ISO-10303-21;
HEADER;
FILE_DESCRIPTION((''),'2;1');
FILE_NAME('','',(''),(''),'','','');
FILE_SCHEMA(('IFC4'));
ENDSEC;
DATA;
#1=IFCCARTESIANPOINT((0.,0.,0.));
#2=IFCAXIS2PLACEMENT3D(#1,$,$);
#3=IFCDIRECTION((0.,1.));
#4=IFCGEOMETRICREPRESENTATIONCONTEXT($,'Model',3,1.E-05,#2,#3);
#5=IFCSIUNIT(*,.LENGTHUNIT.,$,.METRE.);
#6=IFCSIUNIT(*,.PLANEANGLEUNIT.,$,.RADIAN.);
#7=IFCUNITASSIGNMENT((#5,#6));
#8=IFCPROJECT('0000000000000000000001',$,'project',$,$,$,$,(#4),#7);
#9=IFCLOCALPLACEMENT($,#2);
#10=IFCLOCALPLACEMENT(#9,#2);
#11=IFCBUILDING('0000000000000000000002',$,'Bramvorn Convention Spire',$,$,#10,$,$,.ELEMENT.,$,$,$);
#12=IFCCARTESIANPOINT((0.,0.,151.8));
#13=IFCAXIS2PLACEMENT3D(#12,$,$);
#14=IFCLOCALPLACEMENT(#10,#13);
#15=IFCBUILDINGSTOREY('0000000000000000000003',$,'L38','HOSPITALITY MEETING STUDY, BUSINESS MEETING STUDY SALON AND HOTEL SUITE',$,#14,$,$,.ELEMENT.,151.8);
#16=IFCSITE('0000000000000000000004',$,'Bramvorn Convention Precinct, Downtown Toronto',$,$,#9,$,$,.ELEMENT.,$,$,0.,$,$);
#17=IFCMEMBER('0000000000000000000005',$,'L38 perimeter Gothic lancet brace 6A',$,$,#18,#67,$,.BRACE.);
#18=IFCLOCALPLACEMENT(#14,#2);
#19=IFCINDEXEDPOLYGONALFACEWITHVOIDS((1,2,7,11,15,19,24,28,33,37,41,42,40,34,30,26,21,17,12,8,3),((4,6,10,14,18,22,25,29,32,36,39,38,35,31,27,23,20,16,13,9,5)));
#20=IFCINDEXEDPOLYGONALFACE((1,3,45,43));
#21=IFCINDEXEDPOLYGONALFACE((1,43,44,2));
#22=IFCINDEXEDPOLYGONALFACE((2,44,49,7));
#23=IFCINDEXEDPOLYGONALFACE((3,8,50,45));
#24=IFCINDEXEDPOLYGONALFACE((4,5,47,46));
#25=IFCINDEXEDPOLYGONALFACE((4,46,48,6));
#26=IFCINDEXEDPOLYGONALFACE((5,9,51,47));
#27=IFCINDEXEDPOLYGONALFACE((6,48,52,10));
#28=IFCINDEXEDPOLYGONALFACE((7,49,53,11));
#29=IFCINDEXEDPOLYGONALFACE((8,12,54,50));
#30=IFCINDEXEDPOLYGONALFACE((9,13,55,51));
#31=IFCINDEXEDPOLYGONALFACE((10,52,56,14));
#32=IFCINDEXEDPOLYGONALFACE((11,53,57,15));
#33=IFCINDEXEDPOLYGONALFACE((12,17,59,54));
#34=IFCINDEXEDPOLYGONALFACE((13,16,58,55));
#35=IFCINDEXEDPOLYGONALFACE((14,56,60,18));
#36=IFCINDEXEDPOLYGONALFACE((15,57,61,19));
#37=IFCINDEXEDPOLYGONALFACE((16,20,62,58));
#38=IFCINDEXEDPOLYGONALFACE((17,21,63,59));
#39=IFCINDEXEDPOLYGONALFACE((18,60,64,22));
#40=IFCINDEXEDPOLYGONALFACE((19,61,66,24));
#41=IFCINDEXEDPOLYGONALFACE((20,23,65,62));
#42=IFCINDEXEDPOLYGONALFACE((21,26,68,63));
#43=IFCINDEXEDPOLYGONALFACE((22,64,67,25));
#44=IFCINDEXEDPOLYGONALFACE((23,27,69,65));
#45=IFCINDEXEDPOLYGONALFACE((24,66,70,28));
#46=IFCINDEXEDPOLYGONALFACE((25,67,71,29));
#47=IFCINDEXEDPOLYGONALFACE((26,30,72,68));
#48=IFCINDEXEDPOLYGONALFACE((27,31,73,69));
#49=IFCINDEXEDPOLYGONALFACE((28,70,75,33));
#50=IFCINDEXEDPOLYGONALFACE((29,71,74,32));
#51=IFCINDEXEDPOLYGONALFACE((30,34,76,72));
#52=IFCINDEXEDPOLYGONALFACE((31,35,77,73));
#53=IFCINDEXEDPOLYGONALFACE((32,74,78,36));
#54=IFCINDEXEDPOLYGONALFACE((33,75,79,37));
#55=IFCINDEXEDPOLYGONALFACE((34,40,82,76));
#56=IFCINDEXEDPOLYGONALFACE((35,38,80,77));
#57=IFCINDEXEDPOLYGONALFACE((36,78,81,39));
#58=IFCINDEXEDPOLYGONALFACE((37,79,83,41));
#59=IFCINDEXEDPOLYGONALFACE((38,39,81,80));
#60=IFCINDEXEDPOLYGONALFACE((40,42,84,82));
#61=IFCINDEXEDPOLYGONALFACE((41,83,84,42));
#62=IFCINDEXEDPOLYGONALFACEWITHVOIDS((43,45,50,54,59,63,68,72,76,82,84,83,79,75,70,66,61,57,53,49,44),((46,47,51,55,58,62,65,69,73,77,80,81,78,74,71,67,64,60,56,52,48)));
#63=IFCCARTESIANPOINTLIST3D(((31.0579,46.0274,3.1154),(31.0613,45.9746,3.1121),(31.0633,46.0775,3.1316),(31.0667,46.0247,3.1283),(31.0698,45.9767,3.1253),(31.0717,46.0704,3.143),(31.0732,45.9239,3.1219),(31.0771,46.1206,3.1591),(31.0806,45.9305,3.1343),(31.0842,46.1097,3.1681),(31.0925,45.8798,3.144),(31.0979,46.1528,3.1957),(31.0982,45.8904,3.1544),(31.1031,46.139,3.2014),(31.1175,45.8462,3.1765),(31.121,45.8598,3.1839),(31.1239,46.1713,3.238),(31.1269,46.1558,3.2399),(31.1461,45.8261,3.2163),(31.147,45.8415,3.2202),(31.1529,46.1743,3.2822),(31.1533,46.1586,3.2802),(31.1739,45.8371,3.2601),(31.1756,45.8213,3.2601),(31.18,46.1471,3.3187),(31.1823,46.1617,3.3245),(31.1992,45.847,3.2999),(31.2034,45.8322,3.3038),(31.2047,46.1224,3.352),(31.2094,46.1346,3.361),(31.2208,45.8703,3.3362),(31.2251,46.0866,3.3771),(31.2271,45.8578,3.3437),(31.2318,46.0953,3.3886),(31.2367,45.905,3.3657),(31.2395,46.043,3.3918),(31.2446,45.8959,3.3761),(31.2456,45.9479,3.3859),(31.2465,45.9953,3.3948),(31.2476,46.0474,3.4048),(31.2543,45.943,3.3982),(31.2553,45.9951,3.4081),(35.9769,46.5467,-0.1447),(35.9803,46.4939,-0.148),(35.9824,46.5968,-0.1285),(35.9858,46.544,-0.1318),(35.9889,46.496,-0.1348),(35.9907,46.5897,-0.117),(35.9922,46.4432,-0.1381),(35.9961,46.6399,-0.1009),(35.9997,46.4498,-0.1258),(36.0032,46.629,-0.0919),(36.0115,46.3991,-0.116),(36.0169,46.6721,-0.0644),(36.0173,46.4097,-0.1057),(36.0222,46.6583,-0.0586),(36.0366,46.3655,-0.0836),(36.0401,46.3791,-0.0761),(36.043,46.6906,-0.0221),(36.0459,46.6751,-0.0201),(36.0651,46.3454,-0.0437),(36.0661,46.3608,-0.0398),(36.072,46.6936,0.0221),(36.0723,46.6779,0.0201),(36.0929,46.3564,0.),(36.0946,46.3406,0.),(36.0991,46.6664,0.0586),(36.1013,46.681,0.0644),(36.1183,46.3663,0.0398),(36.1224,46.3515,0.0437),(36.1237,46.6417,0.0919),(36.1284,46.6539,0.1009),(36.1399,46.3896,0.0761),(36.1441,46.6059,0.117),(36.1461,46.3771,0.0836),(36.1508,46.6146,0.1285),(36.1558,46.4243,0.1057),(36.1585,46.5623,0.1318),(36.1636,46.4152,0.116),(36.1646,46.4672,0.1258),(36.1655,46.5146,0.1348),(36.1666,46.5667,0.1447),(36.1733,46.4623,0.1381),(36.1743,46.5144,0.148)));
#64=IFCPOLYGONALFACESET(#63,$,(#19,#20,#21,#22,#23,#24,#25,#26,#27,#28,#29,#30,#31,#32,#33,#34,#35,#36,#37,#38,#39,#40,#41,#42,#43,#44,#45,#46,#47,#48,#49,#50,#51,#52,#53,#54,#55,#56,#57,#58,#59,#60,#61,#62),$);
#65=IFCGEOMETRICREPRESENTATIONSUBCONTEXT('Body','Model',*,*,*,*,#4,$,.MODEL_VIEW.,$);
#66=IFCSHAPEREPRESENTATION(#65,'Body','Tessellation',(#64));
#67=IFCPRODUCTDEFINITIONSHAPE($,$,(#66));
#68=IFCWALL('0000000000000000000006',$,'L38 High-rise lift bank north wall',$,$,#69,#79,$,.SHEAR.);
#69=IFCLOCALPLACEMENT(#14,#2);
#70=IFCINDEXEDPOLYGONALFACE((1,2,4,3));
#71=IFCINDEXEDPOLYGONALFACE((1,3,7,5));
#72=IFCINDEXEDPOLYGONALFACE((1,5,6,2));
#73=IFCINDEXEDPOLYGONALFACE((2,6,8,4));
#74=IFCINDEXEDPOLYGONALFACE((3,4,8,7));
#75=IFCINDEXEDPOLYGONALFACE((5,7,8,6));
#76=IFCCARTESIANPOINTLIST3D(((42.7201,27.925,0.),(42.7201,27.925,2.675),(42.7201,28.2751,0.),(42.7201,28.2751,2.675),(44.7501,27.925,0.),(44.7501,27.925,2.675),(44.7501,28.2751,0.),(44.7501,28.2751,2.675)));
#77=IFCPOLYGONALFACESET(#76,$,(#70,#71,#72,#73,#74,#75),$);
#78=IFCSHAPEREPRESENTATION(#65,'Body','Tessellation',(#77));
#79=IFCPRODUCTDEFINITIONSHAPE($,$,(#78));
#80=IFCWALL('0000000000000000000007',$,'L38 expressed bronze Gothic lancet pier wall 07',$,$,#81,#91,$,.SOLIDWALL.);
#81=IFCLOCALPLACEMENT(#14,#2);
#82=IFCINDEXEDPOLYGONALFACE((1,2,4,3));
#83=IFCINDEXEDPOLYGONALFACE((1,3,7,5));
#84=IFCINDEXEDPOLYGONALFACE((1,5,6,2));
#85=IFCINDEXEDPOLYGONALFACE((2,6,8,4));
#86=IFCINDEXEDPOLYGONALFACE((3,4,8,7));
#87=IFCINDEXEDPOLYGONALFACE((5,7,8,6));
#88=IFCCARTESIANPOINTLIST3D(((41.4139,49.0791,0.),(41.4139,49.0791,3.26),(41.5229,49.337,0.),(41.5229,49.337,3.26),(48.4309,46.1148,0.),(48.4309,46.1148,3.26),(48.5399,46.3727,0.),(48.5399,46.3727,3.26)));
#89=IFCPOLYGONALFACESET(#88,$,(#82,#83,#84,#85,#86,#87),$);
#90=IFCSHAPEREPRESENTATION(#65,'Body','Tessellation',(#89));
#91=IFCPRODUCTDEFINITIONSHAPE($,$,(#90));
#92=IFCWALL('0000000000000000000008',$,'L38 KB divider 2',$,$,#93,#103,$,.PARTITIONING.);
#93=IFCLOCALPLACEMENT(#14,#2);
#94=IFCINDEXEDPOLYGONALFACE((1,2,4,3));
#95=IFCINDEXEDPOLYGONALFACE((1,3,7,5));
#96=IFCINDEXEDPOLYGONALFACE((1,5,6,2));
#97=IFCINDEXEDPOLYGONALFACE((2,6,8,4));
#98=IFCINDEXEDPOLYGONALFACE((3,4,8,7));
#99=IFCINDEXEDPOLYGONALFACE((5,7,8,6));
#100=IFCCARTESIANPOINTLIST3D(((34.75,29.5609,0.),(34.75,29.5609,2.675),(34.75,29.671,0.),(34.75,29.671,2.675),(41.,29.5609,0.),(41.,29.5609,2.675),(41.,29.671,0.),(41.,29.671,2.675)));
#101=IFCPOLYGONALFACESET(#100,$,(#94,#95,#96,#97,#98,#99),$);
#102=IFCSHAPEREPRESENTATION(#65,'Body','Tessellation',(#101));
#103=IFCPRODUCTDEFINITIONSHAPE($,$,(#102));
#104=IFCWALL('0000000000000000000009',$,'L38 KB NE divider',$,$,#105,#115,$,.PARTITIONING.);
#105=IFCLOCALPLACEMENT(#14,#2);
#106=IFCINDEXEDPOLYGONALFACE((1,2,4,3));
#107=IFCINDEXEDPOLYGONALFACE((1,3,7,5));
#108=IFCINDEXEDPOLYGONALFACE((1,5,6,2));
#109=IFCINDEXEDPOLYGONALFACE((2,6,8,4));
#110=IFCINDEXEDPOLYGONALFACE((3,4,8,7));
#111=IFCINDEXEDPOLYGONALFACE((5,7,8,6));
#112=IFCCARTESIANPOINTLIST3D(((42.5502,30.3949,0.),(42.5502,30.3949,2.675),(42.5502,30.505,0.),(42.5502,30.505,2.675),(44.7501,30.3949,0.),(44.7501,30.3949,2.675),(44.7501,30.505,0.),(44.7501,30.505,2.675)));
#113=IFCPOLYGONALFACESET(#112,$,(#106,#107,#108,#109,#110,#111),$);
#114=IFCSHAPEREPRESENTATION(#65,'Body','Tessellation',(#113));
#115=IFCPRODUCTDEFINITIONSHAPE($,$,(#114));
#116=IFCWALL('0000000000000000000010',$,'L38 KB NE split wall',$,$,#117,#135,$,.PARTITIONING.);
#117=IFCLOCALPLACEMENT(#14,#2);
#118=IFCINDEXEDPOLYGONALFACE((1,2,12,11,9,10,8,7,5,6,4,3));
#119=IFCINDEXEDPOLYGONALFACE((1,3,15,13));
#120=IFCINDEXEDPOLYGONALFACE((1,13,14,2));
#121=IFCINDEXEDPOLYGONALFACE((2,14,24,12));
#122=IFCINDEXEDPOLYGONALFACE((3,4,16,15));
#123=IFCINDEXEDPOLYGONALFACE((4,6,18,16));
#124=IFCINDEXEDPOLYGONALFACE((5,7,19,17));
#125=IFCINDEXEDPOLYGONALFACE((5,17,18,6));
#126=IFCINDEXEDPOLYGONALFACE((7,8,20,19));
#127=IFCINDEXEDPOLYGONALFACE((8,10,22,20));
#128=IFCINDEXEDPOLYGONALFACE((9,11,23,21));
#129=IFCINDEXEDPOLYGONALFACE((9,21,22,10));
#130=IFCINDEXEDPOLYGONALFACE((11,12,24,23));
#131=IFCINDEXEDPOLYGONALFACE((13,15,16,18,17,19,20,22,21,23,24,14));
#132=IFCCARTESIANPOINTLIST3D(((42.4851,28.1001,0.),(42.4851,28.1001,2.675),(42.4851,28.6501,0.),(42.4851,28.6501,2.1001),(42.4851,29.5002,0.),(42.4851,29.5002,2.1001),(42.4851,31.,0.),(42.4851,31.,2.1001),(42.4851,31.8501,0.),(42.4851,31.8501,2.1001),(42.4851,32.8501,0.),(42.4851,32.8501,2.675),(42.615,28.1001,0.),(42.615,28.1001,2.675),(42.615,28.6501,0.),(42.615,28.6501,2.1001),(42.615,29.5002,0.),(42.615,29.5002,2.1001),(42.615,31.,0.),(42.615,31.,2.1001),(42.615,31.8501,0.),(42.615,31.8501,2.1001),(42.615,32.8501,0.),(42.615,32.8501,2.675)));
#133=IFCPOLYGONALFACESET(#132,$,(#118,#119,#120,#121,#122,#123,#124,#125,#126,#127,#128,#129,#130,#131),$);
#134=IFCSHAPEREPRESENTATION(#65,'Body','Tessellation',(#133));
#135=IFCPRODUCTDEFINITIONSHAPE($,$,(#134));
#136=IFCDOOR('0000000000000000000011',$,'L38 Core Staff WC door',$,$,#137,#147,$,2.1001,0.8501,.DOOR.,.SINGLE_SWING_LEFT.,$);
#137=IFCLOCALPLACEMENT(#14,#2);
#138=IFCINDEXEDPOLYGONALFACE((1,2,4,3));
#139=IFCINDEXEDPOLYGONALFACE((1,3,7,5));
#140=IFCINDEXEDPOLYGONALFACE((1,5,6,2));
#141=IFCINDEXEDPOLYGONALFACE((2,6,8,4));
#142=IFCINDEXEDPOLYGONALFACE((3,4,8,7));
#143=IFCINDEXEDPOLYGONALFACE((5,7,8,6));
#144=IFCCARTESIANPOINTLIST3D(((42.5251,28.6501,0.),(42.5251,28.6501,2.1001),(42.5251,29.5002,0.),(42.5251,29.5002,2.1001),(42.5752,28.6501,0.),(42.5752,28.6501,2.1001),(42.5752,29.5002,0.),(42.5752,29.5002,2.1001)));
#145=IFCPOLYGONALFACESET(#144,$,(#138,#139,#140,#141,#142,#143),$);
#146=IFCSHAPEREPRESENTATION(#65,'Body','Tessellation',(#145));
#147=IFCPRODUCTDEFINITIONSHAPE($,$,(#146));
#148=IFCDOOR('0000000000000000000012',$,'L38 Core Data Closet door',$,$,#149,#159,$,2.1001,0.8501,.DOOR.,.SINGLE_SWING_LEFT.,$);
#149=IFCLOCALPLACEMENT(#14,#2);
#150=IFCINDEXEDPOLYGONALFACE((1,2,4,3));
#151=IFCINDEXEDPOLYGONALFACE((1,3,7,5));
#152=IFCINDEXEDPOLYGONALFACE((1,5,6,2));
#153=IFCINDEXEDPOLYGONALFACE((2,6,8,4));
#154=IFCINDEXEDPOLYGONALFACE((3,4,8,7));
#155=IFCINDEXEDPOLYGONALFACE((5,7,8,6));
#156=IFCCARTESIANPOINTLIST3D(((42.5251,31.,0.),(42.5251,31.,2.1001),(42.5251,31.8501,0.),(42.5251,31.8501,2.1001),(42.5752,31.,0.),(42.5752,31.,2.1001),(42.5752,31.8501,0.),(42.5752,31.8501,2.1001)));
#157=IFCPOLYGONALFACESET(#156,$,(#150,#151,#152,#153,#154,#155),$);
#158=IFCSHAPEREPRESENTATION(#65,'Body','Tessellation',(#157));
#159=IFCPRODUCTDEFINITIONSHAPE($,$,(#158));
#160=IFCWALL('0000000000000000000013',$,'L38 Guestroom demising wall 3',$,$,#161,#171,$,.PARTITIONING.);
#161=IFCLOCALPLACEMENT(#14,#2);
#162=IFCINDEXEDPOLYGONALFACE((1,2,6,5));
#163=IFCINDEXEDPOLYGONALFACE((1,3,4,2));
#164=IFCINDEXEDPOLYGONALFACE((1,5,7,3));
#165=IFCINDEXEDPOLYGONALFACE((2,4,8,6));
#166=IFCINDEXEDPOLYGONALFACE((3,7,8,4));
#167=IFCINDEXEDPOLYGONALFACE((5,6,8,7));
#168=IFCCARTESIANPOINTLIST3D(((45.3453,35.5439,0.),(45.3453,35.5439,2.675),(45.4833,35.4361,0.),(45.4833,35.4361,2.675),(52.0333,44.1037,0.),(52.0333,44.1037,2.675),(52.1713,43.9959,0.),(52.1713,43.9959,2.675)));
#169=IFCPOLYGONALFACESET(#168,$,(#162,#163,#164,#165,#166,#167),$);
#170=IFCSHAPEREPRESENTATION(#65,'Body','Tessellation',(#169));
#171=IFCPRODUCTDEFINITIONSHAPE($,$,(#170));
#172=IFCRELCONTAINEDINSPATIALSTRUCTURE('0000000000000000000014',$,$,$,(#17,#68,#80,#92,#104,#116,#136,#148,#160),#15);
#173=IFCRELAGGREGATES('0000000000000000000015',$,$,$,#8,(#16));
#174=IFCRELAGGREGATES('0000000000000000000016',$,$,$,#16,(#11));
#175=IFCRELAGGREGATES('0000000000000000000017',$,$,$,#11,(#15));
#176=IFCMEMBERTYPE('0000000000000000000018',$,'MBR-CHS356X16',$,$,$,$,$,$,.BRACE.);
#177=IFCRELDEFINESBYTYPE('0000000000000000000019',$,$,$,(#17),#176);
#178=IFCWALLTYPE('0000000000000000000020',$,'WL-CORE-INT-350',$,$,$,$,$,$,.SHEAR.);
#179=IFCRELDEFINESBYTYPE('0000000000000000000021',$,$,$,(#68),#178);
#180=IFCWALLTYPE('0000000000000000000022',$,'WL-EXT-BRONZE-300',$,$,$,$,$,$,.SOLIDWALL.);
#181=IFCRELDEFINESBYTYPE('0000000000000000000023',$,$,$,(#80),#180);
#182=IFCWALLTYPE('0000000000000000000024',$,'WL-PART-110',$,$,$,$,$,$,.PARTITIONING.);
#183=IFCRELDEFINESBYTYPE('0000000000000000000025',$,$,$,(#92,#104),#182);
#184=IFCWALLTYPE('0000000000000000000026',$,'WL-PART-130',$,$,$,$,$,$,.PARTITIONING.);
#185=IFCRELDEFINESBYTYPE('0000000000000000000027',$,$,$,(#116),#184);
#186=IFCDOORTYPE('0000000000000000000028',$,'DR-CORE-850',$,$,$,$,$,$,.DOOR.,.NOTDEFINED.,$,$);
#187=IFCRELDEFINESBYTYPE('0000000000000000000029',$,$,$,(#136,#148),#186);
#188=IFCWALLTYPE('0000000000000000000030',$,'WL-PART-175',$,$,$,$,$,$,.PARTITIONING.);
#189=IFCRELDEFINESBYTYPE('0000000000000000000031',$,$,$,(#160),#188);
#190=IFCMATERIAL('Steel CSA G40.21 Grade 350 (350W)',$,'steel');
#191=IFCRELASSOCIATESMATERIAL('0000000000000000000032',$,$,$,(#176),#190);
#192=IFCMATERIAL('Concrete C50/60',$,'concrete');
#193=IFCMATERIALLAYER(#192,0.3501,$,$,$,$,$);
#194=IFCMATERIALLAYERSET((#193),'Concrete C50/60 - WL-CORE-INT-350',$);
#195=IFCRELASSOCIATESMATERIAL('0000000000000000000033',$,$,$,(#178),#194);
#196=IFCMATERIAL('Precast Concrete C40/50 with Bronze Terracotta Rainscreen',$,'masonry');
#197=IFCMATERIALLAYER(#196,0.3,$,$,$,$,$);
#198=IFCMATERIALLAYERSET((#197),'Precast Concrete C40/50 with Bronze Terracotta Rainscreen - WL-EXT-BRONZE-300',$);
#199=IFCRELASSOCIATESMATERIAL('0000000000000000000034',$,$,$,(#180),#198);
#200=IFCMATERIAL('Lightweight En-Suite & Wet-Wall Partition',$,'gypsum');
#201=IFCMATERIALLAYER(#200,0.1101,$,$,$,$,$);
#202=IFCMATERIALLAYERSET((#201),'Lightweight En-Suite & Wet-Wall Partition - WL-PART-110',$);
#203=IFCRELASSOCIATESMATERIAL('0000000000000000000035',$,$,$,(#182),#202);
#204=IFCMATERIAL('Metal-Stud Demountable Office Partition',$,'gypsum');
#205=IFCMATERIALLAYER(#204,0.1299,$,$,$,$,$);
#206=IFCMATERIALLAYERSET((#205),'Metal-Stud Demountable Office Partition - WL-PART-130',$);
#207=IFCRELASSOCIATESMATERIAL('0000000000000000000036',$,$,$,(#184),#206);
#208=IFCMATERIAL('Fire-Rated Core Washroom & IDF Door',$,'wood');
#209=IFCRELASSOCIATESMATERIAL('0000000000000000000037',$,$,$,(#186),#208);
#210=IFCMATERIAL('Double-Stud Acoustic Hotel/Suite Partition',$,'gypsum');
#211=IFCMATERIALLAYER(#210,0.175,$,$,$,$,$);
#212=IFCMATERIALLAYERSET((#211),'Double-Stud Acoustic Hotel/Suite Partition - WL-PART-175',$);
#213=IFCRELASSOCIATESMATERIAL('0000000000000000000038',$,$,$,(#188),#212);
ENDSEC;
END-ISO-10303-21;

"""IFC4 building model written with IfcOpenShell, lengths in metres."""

from ifc_helpers import new_model, si_unit, direction, frame, frame_2d, origin, origin_2d, place, context, subcontext, project, spatial, rectangle, hollow_circle, extrude, material, layer, layer_set, material_profile, profile_set, type_object, element, fill, save


model = new_model("IFC4")

# Units and contexts
model_context = context("Model", 3, precision=1e-05, world=origin(), true_north=direction((0.0, 1.0)))
body_context = subcontext(model_context, "Body", "Model", "MODEL_VIEW")
ifc_project = project(units=[si_unit("LENGTHUNIT", "METRE"), si_unit("PLANEANGLEUNIT", "RADIAN")], contexts=[model_context])

# Site, building, storey
site_placement = place(None, origin())
site = spatial("IfcSite", under=ifc_project, at=site_placement, Name="Bramvorn Convention Precinct, Downtown Toronto", CompositionType="ELEMENT", RefElevation=0.0)
building_placement = place(site_placement, origin())
building = spatial("IfcBuilding", under=site, at=building_placement, Name="Bramvorn Convention Spire", CompositionType="ELEMENT")
storey_placement = place(building_placement, frame((0.0, 0.0, 151.8)))
storey = spatial("IfcBuildingStorey", under=building, at=storey_placement, Name="L38", Description="HOSPITALITY MEETING STUDY, BUSINESS MEETING STUDY SALON AND HOTEL SUITE", CompositionType="ELEMENT", Elevation=151.8)

# Shared definitions
ifc_material_1 = material(Name="Steel CSA G40.21 Grade 350 (350W)", Category="steel")

# Member
ifc_material_profile_1 = material_profile(ifc_material_1, hollow_circle(Radius=0.1777, WallThickness=0.0159, at=origin_2d()))
ifc_profile_set_1 = profile_set([ifc_material_profile_1], Name="Steel CSA G40.21 Grade 350 (350W) - CHS356X16")
member_type = type_object("IfcMemberType", Name="MBR-CHS356X16", PredefinedType="BRACE", material=ifc_profile_set_1)
member_placement = place(storey_placement, frame((36.0759, 46.5173, 0.0), z_axis=(-0.830347, -0.087659, 0.550309), x_axis=(0.104985, -0.994474, 0.0)))
element("IfcMember", 1, at=member_placement, inside=storey, type_object=member_type, Name="L38 perimeter Gothic lancet brace 6A", PredefinedType="BRACE", context=body_context, shape_type="SweptSolid", body=[
    extrude(hollow_circle(Radius=0.1777, WallThickness=0.0159, at=origin_2d()), origin(), (0.0, 0.0, 1.0), 5.9241),
])

# Shared definitions
ifc_material_2 = material(Name="Concrete C50/60", Category="concrete")
ifc_layer_1 = layer(ifc_material_2, 0.3501)
ifc_layer_set_1 = layer_set([ifc_layer_1], Name="Concrete C50/60 - WL-CORE-INT-350")
wall_type_1 = type_object("IfcWallType", Name="WL-CORE-INT-350", PredefinedType="SHEAR", material=ifc_layer_set_1)

# Walls
wall_1_placement = place(storey_placement, frame((42.72, 28.1001, 0.0), z_axis=(0.0, 0.0, 1.0), x_axis=(1.0, 0.0, 0.0)))
element("IfcWall", 2, at=wall_1_placement, inside=storey, type_object=wall_type_1, Name="L38 High-rise lift bank north wall", PredefinedType="SHEAR", context=body_context, shape_type="SweptSolid", body=[
    extrude(rectangle(XDim=2.03, YDim=0.3501, at=frame_2d((1.0151, 0.0))), origin(), (0.0, 0.0, 1.0), 2.675),
])
ifc_material_3 = material(Name="Precast Concrete C40/50 with Bronze Terracotta Rainscreen", Category="masonry")
ifc_layer_2 = layer(ifc_material_3, 0.3)
ifc_layer_set_2 = layer_set([ifc_layer_2], Name="Precast Concrete C40/50 with Bronze Terracotta Rainscreen - WL-EXT-BRONZE-300")
wall_type_2 = type_object("IfcWallType", Name="WL-EXT-BRONZE-300", PredefinedType="SOLIDWALL", material=ifc_layer_set_2)
wall_2_placement = place(storey_placement, frame((41.4685, 49.208, 0.0), z_axis=(0.0, 0.0, 1.0), x_axis=(0.921175, -0.389149, 0.0)))
element("IfcWall", 3, at=wall_2_placement, inside=storey, type_object=wall_type_2, Name="L38 expressed bronze Gothic lancet pier wall 07", PredefinedType="SOLIDWALL", context=body_context, shape_type="SweptSolid", body=[
    extrude(rectangle(XDim=7.6174, YDim=0.28, at=frame_2d((3.8086, 0.0))), origin(), (0.0, 0.0, 1.0), 3.26),
])
ifc_material_4 = material(Name="Lightweight En-Suite & Wet-Wall Partition", Category="gypsum")
ifc_layer_3 = layer(ifc_material_4, 0.1101)
ifc_layer_set_3 = layer_set([ifc_layer_3], Name="Lightweight En-Suite & Wet-Wall Partition - WL-PART-110")
wall_type_3 = type_object("IfcWallType", Name="WL-PART-110", PredefinedType="PARTITIONING", material=ifc_layer_set_3)
wall_3_placement = place(storey_placement, frame((34.75, 29.616, 0.0), z_axis=(0.0, 0.0, 1.0), x_axis=(1.0, 0.0, 0.0)))
element("IfcWall", 4, at=wall_3_placement, inside=storey, type_object=wall_type_3, Name="L38 KB divider 2", PredefinedType="PARTITIONING", context=body_context, shape_type="SweptSolid", body=[
    extrude(rectangle(XDim=6.25, YDim=0.1101, at=frame_2d((3.125, 0.0))), origin(), (0.0, 0.0, 1.0), 2.675),
])
wall_4_placement = place(storey_placement, frame((42.55, 30.45, 0.0), z_axis=(0.0, 0.0, 1.0), x_axis=(1.0, 0.0, 0.0)))
element("IfcWall", 5, at=wall_4_placement, inside=storey, type_object=wall_type_3, Name="L38 KB NE divider", PredefinedType="PARTITIONING", context=body_context, shape_type="SweptSolid", body=[
    extrude(rectangle(XDim=2.2, YDim=0.1101, at=frame_2d((1.1001, 0.0))), origin(), (0.0, 0.0, 1.0), 2.675),
])

# Wall, openings, doors
ifc_material_5 = material(Name="Metal-Stud Demountable Office Partition", Category="gypsum")
ifc_layer_4 = layer(ifc_material_5, 0.1299)
ifc_layer_set_4 = layer_set([ifc_layer_4], Name="Metal-Stud Demountable Office Partition - WL-PART-130")
wall_type_4 = type_object("IfcWallType", Name="WL-PART-130", PredefinedType="PARTITIONING", material=ifc_layer_set_4)
wall_5_placement = place(storey_placement, frame((42.55, 28.1001, 0.0), z_axis=(0.0, 0.0, 1.0), x_axis=(0.0, 1.0, 0.0)))
wall_5 = element("IfcWall", 6, at=wall_5_placement, inside=storey, type_object=wall_type_4, Name="L38 KB NE split wall", PredefinedType="PARTITIONING", context=body_context, shape_type="SweptSolid", body=[
    extrude(rectangle(XDim=4.75, YDim=0.1299, at=frame_2d((2.375, 0.0))), origin(), (0.0, 0.0, 1.0), 2.675),
])
opening_1_placement = place(wall_5_placement, frame((0.55, 0.0, 0.0)))
opening_1 = element("IfcOpeningElement", 7, at=opening_1_placement, cuts=wall_5, PredefinedType="OPENING", context=body_context, shape_type="SweptSolid", body=[
    extrude(rectangle(XDim=0.8501, YDim=2.1001, at=frame_2d((0.425, 1.05))), frame((0.0, 0.075, 0.0), z_axis=(0.0, -1.0, 0.0), x_axis=(1.0, 0.0, 0.0)), (0.0, 0.0, 1.0), 0.1499),
])
opening_2_placement = place(wall_5_placement, frame((2.8999, 0.0, 0.0)))
opening_2 = element("IfcOpeningElement", 8, at=opening_2_placement, cuts=wall_5, PredefinedType="OPENING", context=body_context, shape_type="SweptSolid", body=[
    extrude(rectangle(XDim=0.8501, YDim=2.1001, at=frame_2d((0.425, 1.05))), frame((0.0, 0.075, 0.0), z_axis=(0.0, -1.0, 0.0), x_axis=(1.0, 0.0, 0.0)), (0.0, 0.0, 1.0), 0.1499),
])
ifc_material_6 = material(Name="Fire-Rated Core Washroom & IDF Door", Category="wood")
door_type_1 = type_object("IfcDoorType", Name="DR-CORE-850", OperationType="NOTDEFINED", PredefinedType="DOOR", material=ifc_material_6)
door_1_placement = place(opening_1_placement, origin())
door_1 = element("IfcDoor", 9, at=door_1_placement, inside=storey, type_object=door_type_1, Name="L38 Core Staff WC door", OperationType="SINGLE_SWING_LEFT", OverallHeight=2.1001, OverallWidth=0.8501, PredefinedType="DOOR", context=body_context, shape_type="SweptSolid", body=[
    extrude(rectangle(XDim=0.8501, YDim=2.1001, at=frame_2d((0.425, 1.05))), frame((0.0, 0.0249, 0.0), z_axis=(0.0, -1.0, 0.0), x_axis=(1.0, 0.0, 0.0)), (0.0, 0.0, 1.0), 0.05),
])
fill(opening_1, door_1)
door_2_placement = place(opening_2_placement, origin())
door_2 = element("IfcDoor", 10, at=door_2_placement, inside=storey, type_object=door_type_1, Name="L38 Core Data Closet door", OperationType="SINGLE_SWING_LEFT", OverallHeight=2.1001, OverallWidth=0.8501, PredefinedType="DOOR", context=body_context, shape_type="SweptSolid", body=[
    extrude(rectangle(XDim=0.8501, YDim=2.1001, at=frame_2d((0.425, 1.05))), frame((0.0, 0.0249, 0.0), z_axis=(0.0, -1.0, 0.0), x_axis=(1.0, 0.0, 0.0)), (0.0, 0.0, 1.0), 0.05),
])
fill(opening_2, door_2)

# Wall
ifc_material_7 = material(Name="Double-Stud Acoustic Hotel/Suite Partition", Category="gypsum")
ifc_layer_5 = layer(ifc_material_7, 0.175)
ifc_layer_set_5 = layer_set([ifc_layer_5], Name="Double-Stud Acoustic Hotel/Suite Partition - WL-PART-175")
wall_type_5 = type_object("IfcWallType", Name="WL-PART-175", PredefinedType="PARTITIONING", material=ifc_layer_set_5)
wall_6_placement = place(storey_placement, frame((45.4143, 35.49, 0.0), z_axis=(0.0, 0.0, 1.0), x_axis=(0.61568, 0.787996, 0.0)))
element("IfcWall", 11, at=wall_6_placement, inside=storey, type_object=wall_type_5, Name="L38 Guestroom demising wall 3", PredefinedType="PARTITIONING", context=body_context, shape_type="SweptSolid", body=[
    extrude(rectangle(XDim=10.8628, YDim=0.175, at=frame_2d((5.4314, 0.0))), origin(), (0.0, 0.0, 1.0), 2.675),
])

save(model, "model.ifc")
